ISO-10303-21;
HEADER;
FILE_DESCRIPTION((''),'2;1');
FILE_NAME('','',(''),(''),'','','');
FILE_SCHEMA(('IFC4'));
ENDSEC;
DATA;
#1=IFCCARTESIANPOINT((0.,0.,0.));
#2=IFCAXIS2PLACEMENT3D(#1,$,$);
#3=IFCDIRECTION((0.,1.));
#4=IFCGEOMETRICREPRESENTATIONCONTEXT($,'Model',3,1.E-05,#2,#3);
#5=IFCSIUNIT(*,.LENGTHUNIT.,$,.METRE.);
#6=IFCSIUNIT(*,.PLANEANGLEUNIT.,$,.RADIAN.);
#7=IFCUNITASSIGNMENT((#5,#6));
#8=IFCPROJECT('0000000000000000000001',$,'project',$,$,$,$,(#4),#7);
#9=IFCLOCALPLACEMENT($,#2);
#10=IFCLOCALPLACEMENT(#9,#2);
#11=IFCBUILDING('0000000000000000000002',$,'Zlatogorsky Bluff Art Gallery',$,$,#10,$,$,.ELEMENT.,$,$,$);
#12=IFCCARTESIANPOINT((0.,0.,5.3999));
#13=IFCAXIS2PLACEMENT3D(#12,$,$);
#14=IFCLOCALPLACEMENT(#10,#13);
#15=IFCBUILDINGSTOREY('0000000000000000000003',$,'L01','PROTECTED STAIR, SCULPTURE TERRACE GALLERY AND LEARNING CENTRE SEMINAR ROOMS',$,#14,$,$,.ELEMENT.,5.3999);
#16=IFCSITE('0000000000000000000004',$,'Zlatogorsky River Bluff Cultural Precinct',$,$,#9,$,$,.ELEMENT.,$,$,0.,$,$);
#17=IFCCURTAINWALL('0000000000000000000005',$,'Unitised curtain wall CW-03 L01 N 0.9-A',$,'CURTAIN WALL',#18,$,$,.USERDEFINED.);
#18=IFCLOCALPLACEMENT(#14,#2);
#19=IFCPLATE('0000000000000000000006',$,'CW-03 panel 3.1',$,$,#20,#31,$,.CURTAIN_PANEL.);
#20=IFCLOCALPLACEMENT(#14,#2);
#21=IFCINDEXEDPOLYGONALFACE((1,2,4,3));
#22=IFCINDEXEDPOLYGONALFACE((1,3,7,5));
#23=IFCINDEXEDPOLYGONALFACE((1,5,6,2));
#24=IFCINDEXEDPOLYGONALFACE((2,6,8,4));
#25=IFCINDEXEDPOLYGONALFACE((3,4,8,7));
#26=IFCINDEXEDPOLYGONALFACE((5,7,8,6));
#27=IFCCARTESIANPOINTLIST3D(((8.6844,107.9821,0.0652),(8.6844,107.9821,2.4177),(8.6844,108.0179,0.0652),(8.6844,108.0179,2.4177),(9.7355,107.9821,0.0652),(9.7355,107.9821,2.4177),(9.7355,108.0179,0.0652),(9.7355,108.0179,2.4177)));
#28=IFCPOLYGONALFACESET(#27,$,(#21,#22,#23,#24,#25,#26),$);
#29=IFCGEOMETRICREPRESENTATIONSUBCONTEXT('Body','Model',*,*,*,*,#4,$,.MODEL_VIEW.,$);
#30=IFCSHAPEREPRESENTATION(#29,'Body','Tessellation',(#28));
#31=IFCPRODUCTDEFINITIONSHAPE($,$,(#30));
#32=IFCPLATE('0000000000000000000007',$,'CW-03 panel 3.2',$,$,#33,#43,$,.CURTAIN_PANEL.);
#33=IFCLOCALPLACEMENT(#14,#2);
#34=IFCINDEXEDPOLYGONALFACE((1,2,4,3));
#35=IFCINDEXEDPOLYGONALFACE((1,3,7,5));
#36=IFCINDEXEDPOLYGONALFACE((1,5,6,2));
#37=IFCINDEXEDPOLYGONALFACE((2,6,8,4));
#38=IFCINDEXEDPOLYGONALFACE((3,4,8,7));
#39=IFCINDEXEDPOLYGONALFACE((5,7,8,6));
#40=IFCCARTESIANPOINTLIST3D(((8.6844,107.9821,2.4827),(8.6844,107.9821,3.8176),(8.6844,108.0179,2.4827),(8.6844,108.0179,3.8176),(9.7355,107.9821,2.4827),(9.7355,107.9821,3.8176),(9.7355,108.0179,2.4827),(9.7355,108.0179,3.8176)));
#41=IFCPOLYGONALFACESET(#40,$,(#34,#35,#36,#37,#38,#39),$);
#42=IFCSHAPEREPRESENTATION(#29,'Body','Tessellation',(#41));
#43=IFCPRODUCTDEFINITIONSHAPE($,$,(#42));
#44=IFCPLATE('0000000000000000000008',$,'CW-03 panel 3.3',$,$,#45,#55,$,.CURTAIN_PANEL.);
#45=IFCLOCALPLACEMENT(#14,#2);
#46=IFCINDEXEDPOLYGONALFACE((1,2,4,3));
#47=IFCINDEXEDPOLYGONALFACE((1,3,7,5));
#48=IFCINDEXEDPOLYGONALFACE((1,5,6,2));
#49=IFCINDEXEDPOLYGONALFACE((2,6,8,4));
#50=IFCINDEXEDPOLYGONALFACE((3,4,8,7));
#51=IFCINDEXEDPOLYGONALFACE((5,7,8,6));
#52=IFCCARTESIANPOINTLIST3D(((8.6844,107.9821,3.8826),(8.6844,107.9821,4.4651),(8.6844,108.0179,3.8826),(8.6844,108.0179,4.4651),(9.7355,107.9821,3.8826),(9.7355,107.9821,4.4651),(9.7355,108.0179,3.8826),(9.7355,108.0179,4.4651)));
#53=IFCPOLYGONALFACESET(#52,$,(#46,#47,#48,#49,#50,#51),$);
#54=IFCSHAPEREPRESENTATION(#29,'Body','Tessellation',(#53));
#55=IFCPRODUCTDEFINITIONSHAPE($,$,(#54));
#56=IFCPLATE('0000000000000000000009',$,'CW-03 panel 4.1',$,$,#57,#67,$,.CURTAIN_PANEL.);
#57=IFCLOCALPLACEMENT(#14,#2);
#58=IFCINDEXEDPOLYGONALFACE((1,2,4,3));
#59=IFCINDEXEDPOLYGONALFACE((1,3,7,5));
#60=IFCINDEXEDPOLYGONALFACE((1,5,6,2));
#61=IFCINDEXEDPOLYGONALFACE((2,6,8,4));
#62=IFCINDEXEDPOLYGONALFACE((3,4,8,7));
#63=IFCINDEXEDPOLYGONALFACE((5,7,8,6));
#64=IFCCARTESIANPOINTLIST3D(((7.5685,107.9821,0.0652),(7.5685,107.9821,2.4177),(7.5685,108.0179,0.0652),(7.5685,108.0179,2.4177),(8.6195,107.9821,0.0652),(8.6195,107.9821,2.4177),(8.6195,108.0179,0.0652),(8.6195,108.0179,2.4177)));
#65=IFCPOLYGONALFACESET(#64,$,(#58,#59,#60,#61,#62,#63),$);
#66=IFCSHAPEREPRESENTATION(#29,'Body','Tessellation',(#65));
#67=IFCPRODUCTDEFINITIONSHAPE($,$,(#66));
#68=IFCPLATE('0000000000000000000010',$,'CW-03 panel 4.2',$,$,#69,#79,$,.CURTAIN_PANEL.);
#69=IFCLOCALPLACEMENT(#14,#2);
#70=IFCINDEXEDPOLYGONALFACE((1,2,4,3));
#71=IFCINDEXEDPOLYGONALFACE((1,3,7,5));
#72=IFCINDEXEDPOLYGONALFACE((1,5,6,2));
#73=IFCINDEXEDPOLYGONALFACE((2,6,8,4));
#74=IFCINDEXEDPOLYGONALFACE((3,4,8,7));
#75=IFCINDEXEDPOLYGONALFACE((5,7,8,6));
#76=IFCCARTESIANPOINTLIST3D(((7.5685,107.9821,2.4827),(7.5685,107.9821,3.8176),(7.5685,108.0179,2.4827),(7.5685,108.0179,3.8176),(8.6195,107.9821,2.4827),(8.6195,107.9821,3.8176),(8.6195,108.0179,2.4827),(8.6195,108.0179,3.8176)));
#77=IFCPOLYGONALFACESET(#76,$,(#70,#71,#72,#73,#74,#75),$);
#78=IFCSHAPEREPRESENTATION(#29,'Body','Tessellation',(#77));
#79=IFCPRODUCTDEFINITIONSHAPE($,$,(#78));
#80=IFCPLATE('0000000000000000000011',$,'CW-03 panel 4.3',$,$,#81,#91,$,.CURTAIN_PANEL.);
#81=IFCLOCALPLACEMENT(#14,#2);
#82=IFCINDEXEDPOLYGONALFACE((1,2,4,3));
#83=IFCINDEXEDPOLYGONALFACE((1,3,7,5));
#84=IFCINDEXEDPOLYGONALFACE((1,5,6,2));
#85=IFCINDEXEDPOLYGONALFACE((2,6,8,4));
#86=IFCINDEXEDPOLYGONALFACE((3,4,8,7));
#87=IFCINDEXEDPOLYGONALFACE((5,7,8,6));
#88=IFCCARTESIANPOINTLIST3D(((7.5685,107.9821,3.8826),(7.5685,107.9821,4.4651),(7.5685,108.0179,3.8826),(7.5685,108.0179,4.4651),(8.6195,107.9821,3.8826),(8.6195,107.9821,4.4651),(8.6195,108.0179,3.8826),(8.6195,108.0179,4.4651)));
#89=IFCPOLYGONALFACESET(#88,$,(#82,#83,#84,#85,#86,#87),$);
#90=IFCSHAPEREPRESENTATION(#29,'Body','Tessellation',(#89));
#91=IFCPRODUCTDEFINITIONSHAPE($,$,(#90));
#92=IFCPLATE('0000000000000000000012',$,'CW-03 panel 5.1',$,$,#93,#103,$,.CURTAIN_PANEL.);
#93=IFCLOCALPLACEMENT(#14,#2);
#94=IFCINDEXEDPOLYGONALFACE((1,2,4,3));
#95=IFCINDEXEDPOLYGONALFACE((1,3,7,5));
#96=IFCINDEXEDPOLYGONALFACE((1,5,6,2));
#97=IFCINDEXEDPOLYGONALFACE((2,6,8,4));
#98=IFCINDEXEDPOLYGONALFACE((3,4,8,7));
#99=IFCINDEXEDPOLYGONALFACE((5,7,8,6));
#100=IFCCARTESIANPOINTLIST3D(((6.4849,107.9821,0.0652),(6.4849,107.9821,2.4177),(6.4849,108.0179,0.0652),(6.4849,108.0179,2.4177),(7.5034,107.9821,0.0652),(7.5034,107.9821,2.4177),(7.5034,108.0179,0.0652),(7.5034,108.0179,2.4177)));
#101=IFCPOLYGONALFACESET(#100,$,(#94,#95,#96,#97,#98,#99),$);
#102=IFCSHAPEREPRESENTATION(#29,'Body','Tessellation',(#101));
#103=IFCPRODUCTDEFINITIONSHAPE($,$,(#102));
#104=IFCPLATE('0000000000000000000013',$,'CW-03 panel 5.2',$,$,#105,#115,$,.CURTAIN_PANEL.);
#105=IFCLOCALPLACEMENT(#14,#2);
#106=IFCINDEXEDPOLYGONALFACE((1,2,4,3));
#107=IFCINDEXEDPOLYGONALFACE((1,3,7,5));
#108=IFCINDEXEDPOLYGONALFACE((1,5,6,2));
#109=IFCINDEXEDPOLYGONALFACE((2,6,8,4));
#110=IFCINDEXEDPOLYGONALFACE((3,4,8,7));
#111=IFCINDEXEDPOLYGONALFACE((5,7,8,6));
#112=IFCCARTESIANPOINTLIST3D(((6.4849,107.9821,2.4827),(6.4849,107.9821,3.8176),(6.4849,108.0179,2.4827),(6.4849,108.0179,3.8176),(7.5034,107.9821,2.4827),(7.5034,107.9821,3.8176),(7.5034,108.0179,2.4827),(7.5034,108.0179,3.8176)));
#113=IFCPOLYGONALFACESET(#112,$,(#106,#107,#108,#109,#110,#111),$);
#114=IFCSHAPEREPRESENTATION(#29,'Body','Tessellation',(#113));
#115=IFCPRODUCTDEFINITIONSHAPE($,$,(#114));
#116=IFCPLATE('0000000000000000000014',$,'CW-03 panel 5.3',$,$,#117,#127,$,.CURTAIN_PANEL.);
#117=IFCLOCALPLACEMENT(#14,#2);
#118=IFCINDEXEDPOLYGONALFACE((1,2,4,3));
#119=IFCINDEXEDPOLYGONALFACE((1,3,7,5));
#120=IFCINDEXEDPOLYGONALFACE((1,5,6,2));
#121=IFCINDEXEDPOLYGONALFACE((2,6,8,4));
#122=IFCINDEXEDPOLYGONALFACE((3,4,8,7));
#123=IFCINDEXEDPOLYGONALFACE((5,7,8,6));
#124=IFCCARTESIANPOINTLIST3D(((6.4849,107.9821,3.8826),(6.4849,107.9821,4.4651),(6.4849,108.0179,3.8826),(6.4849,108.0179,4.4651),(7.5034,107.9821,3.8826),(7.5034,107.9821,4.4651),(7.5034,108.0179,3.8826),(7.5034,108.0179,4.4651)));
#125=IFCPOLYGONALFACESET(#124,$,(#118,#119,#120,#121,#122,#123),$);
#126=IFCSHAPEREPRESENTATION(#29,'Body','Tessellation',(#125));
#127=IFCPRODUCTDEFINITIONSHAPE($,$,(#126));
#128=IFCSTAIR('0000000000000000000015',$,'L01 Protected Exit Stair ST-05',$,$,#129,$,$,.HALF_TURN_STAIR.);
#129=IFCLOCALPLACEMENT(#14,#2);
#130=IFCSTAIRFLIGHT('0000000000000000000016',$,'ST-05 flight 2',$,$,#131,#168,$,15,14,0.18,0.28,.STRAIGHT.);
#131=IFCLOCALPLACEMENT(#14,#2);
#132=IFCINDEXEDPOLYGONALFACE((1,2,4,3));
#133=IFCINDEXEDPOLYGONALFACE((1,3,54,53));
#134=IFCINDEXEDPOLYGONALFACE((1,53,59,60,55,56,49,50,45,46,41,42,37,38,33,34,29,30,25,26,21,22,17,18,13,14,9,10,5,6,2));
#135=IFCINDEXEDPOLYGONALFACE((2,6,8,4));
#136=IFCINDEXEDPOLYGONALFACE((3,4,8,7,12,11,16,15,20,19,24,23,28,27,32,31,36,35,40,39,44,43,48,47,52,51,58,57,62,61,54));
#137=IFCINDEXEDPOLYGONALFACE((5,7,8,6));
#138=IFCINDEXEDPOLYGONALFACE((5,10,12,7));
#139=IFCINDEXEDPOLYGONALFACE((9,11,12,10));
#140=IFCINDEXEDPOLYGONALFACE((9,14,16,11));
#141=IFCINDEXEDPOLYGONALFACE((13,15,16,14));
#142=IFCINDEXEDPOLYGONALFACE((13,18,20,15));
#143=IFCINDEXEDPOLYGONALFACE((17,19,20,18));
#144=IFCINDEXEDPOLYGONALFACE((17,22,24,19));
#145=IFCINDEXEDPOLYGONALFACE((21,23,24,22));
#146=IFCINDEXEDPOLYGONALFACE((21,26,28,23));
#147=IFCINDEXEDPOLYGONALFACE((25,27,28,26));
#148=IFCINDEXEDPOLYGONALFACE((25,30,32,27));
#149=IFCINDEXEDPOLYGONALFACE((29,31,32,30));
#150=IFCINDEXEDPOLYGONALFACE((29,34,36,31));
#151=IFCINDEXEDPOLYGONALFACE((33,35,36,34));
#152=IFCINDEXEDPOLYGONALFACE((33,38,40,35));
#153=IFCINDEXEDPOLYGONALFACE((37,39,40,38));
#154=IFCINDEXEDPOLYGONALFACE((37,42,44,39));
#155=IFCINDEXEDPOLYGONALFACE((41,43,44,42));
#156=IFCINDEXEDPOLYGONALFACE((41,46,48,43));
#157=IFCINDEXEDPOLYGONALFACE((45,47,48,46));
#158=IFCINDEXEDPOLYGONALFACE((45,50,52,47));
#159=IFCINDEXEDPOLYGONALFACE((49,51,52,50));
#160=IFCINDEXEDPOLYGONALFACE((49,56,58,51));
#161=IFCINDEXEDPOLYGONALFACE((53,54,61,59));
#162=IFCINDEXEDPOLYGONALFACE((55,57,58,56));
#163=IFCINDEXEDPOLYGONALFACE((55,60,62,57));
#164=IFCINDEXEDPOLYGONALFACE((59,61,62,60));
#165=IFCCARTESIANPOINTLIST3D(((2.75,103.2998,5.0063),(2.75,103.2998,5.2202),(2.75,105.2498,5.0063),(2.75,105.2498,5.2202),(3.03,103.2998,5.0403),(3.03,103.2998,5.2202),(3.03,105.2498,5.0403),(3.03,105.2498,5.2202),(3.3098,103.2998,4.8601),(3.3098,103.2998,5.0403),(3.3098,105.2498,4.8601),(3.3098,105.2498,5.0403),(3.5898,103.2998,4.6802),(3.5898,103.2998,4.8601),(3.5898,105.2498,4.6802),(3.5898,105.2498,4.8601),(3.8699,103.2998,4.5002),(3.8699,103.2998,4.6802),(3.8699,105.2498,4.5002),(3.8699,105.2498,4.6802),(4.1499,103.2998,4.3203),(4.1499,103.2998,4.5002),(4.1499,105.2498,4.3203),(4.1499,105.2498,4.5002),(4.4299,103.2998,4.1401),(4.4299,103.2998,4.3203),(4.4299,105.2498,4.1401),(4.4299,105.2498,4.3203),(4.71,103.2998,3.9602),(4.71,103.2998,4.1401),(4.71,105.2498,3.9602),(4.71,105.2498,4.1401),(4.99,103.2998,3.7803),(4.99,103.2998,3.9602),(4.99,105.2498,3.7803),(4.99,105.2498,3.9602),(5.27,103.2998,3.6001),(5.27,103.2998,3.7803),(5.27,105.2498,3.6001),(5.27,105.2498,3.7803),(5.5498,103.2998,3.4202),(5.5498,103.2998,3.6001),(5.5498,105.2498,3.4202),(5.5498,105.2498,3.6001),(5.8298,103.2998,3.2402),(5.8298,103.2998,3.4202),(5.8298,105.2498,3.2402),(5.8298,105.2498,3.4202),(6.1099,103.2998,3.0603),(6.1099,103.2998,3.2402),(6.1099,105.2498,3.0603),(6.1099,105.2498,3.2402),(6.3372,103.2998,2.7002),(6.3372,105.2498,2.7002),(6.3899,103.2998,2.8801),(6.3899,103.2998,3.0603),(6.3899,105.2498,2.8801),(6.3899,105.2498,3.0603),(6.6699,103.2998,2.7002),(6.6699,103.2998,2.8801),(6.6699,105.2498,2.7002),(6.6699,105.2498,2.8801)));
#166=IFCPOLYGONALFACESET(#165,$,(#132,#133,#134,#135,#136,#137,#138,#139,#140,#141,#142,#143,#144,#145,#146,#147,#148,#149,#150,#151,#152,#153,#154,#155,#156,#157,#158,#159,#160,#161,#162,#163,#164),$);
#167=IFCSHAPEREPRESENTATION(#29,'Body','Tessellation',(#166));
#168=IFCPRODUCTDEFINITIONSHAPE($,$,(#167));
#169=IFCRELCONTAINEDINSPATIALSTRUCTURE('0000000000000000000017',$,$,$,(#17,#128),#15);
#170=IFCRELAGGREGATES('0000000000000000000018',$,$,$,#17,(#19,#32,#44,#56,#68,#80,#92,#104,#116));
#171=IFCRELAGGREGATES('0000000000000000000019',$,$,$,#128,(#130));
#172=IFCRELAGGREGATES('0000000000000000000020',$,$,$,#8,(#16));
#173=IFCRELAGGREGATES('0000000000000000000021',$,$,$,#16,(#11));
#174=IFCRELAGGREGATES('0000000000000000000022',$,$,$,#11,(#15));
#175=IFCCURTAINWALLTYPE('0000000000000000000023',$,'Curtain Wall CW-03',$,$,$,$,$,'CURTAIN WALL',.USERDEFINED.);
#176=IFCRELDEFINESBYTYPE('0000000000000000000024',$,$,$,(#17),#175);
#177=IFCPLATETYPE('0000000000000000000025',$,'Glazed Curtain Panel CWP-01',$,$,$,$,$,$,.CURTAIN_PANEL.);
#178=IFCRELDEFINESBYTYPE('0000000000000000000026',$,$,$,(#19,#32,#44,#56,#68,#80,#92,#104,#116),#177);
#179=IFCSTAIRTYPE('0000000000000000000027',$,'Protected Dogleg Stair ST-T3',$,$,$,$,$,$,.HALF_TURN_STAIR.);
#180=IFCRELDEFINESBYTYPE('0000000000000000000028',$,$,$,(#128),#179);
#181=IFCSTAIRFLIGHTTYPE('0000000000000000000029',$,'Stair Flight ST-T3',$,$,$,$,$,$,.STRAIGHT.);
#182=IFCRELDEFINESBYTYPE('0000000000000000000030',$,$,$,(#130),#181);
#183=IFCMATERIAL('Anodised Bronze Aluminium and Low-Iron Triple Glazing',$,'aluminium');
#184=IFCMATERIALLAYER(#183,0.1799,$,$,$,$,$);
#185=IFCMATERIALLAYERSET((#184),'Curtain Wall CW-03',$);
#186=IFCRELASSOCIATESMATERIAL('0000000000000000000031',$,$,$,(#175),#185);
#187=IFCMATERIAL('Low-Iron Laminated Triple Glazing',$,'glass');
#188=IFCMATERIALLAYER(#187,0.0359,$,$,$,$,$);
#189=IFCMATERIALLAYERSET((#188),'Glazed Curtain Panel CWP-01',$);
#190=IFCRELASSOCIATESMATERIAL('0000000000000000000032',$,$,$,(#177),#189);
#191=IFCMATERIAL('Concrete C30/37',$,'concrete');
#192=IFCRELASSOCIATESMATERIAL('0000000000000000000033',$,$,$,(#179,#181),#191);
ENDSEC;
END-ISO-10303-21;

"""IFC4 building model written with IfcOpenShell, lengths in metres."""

from ifc_helpers import new_model, si_unit, direction, frame, origin, origin_2d, place, context, subcontext, project, spatial, polyline, rectangle, outline, extrude, material, layer, layer_set, type_object, element, aggregate, save


model = new_model("IFC4")

# Units and contexts
model_context = context("Model", 3, precision=1e-05, world=origin(), true_north=direction((0.0, 1.0)))
body_context = subcontext(model_context, "Body", "Model", "MODEL_VIEW")
ifc_project = project(units=[si_unit("LENGTHUNIT", "METRE"), si_unit("PLANEANGLEUNIT", "RADIAN")], contexts=[model_context])

# Site, building, storey
site_placement = place(None, origin())
site = spatial("IfcSite", under=ifc_project, at=site_placement, Name="Zlatogorsky River Bluff Cultural Precinct", CompositionType="ELEMENT", RefElevation=0.0)
building_placement = place(site_placement, origin())
building = spatial("IfcBuilding", under=site, at=building_placement, Name="Zlatogorsky Bluff Art Gallery", CompositionType="ELEMENT")
storey_placement = place(building_placement, frame((0.0, 0.0, 5.3999)))
storey = spatial("IfcBuildingStorey", under=building, at=storey_placement, Name="L01", Description="PROTECTED STAIR, SCULPTURE TERRACE GALLERY AND LEARNING CENTRE SEMINAR ROOMS", CompositionType="ELEMENT", Elevation=5.3999)

# Curtain wall, plates
ifc_material_1 = material(Name="Anodised Bronze Aluminium and Low-Iron Triple Glazing", Category="aluminium")
ifc_layer_1 = layer(ifc_material_1, 0.1799)
ifc_layer_set_1 = layer_set([ifc_layer_1], Name="Curtain Wall CW-03")
curtain_wall_type = type_object("IfcCurtainWallType", Name="Curtain Wall CW-03", ElementType="CURTAIN WALL", PredefinedType="USERDEFINED", material=ifc_layer_set_1)
curtain_wall_placement = place(storey_placement, origin())
curtain_wall = element("IfcCurtainWall", 1, at=curtain_wall_placement, inside=storey, type_object=curtain_wall_type, Name="Unitised curtain wall CW-03 L01 N 0.9-A", ObjectType="CURTAIN WALL", PredefinedType="USERDEFINED")
ifc_material_2 = material(Name="Low-Iron Laminated Triple Glazing", Category="glass")
ifc_layer_2 = layer(ifc_material_2, 0.0359)
ifc_layer_set_2 = layer_set([ifc_layer_2], Name="Glazed Curtain Panel CWP-01")
plate_type = type_object("IfcPlateType", Name="Glazed Curtain Panel CWP-01", PredefinedType="CURTAIN_PANEL", material=ifc_layer_set_2)
plate_1_placement = place(storey_placement, frame((9.21, 108.0, 0.0652), z_axis=(0.0, 0.0, 1.0), x_axis=(-1.0, 0.0, 0.0)))
plate_1 = element("IfcPlate", 2, at=plate_1_placement, type_object=plate_type, Name="CW-03 panel 3.1", PredefinedType="CURTAIN_PANEL", context=body_context, shape_type="SweptSolid", body=[
    extrude(rectangle(XDim=1.051, YDim=0.0359, at=origin_2d()), origin(), (0.0, 0.0, 1.0), 2.3525),
])
plate_2_placement = place(storey_placement, frame((9.21, 108.0, 2.4827), z_axis=(0.0, 0.0, 1.0), x_axis=(-1.0, 0.0, 0.0)))
plate_2 = element("IfcPlate", 3, at=plate_2_placement, type_object=plate_type, Name="CW-03 panel 3.2", PredefinedType="CURTAIN_PANEL", context=body_context, shape_type="SweptSolid", body=[
    extrude(rectangle(XDim=1.051, YDim=0.0359, at=origin_2d()), origin(), (0.0, 0.0, 1.0), 1.335),
])
plate_3_placement = place(storey_placement, frame((9.21, 108.0, 3.8826), z_axis=(0.0, 0.0, 1.0), x_axis=(-1.0, 0.0, 0.0)))
plate_3 = element("IfcPlate", 4, at=plate_3_placement, type_object=plate_type, Name="CW-03 panel 3.3", PredefinedType="CURTAIN_PANEL", context=body_context, shape_type="SweptSolid", body=[
    extrude(rectangle(XDim=1.051, YDim=0.0359, at=origin_2d()), origin(), (0.0, 0.0, 1.0), 0.5825),
])
plate_4_placement = place(storey_placement, frame((8.094, 108.0, 0.0652), z_axis=(0.0, 0.0, 1.0), x_axis=(-1.0, 0.0, 0.0)))
plate_4 = element("IfcPlate", 5, at=plate_4_placement, type_object=plate_type, Name="CW-03 panel 4.1", PredefinedType="CURTAIN_PANEL", context=body_context, shape_type="SweptSolid", body=[
    extrude(rectangle(XDim=1.051, YDim=0.0359, at=origin_2d()), origin(), (0.0, 0.0, 1.0), 2.3525),
])
plate_5_placement = place(storey_placement, frame((8.094, 108.0, 2.4827), z_axis=(0.0, 0.0, 1.0), x_axis=(-1.0, 0.0, 0.0)))
plate_5 = element("IfcPlate", 6, at=plate_5_placement, type_object=plate_type, Name="CW-03 panel 4.2", PredefinedType="CURTAIN_PANEL", context=body_context, shape_type="SweptSolid", body=[
    extrude(rectangle(XDim=1.051, YDim=0.0359, at=origin_2d()), origin(), (0.0, 0.0, 1.0), 1.335),
])
plate_6_placement = place(storey_placement, frame((8.094, 108.0, 3.8826), z_axis=(0.0, 0.0, 1.0), x_axis=(-1.0, 0.0, 0.0)))
plate_6 = element("IfcPlate", 7, at=plate_6_placement, type_object=plate_type, Name="CW-03 panel 4.3", PredefinedType="CURTAIN_PANEL", context=body_context, shape_type="SweptSolid", body=[
    extrude(rectangle(XDim=1.051, YDim=0.0359, at=origin_2d()), origin(), (0.0, 0.0, 1.0), 0.5825),
])
plate_7_placement = place(storey_placement, frame((6.9941, 108.0, 0.0652), z_axis=(0.0, 0.0, 1.0), x_axis=(-1.0, 0.0, 0.0)))
plate_7 = element("IfcPlate", 8, at=plate_7_placement, type_object=plate_type, Name="CW-03 panel 5.1", PredefinedType="CURTAIN_PANEL", context=body_context, shape_type="SweptSolid", body=[
    extrude(rectangle(XDim=1.0186, YDim=0.0359, at=origin_2d()), origin(), (0.0, 0.0, 1.0), 2.3525),
])
plate_8_placement = place(storey_placement, frame((6.9941, 108.0, 2.4827), z_axis=(0.0, 0.0, 1.0), x_axis=(-1.0, 0.0, 0.0)))
plate_8 = element("IfcPlate", 9, at=plate_8_placement, type_object=plate_type, Name="CW-03 panel 5.2", PredefinedType="CURTAIN_PANEL", context=body_context, shape_type="SweptSolid", body=[
    extrude(rectangle(XDim=1.0186, YDim=0.0359, at=origin_2d()), origin(), (0.0, 0.0, 1.0), 1.335),
])
plate_9_placement = place(storey_placement, frame((6.9941, 108.0, 3.8826), z_axis=(0.0, 0.0, 1.0), x_axis=(-1.0, 0.0, 0.0)))
plate_9 = element("IfcPlate", 10, at=plate_9_placement, type_object=plate_type, Name="CW-03 panel 5.3", PredefinedType="CURTAIN_PANEL", context=body_context, shape_type="SweptSolid", body=[
    extrude(rectangle(XDim=1.0186, YDim=0.0359, at=origin_2d()), origin(), (0.0, 0.0, 1.0), 0.5825),
])
aggregate(curtain_wall, [plate_1, plate_2, plate_3, plate_4, plate_5, plate_6, plate_7, plate_8, plate_9])

# Stair, stair flight
ifc_material_3 = material(Name="Concrete C30/37", Category="concrete")
stair_type = type_object("IfcStairType", Name="Protected Dogleg Stair ST-T3", PredefinedType="HALF_TURN_STAIR", material=ifc_material_3)
stair_placement = place(storey_placement, origin())
stair = element("IfcStair", 11, at=stair_placement, inside=storey, type_object=stair_type, Name="L01 Protected Exit Stair ST-05", PredefinedType="HALF_TURN_STAIR")
stair_flight_type = type_object("IfcStairFlightType", Name="Stair Flight ST-T3", PredefinedType="STRAIGHT", material=ifc_material_3)
stair_flight_placement = place(storey_placement, frame((6.6699, 104.2749, 2.7002), z_axis=(0.0, 0.0, 1.0), x_axis=(-1.0, 0.0, 0.0)))
stair_flight = element("IfcStairFlight", 12, at=stair_flight_placement, type_object=stair_flight_type, Name="ST-05 flight 2", NumberOfRisers=15, NumberOfTreads=14, PredefinedType="STRAIGHT", RiserHeight=0.18, TreadLength=0.28, context=body_context, shape_type="SweptSolid", body=[
    extrude(outline(polyline([(0.0, 0.0), (0.0, 0.1799), (0.28, 0.1799), (0.28, 0.3601), (0.5601, 0.3601), (0.5601, 0.54), (0.8401, 0.54), (0.8401, 0.72), (1.1201, 0.72), (1.1201, 0.8999), (1.3999, 0.8999), (1.3999, 1.0801), (1.6799, 1.0801), (1.6799, 1.26), (1.96, 1.26), (1.96, 1.4399), (2.24, 1.4399), (2.24, 1.6201), (2.52, 1.6201), (2.52, 1.8), (2.8, 1.8), (2.8, 1.98), (3.0801, 1.98), (3.0801, 2.1599), (3.3601, 2.1599), (3.3601, 2.3401), (3.6399, 2.3401), (3.6399, 2.52), (3.9199, 2.52), (3.9199, 2.7), (3.9199, 2.3062), (0.3328, 0.0), (0.0, 0.0)])), frame((0.0, 0.9751, 0.0), z_axis=(0.0, -1.0, 0.0), x_axis=(1.0, 0.0, 0.0)), (0.0, 0.0, 1.0), 1.95),
])
aggregate(stair, [stair_flight])

save(model, "model.ifc")
